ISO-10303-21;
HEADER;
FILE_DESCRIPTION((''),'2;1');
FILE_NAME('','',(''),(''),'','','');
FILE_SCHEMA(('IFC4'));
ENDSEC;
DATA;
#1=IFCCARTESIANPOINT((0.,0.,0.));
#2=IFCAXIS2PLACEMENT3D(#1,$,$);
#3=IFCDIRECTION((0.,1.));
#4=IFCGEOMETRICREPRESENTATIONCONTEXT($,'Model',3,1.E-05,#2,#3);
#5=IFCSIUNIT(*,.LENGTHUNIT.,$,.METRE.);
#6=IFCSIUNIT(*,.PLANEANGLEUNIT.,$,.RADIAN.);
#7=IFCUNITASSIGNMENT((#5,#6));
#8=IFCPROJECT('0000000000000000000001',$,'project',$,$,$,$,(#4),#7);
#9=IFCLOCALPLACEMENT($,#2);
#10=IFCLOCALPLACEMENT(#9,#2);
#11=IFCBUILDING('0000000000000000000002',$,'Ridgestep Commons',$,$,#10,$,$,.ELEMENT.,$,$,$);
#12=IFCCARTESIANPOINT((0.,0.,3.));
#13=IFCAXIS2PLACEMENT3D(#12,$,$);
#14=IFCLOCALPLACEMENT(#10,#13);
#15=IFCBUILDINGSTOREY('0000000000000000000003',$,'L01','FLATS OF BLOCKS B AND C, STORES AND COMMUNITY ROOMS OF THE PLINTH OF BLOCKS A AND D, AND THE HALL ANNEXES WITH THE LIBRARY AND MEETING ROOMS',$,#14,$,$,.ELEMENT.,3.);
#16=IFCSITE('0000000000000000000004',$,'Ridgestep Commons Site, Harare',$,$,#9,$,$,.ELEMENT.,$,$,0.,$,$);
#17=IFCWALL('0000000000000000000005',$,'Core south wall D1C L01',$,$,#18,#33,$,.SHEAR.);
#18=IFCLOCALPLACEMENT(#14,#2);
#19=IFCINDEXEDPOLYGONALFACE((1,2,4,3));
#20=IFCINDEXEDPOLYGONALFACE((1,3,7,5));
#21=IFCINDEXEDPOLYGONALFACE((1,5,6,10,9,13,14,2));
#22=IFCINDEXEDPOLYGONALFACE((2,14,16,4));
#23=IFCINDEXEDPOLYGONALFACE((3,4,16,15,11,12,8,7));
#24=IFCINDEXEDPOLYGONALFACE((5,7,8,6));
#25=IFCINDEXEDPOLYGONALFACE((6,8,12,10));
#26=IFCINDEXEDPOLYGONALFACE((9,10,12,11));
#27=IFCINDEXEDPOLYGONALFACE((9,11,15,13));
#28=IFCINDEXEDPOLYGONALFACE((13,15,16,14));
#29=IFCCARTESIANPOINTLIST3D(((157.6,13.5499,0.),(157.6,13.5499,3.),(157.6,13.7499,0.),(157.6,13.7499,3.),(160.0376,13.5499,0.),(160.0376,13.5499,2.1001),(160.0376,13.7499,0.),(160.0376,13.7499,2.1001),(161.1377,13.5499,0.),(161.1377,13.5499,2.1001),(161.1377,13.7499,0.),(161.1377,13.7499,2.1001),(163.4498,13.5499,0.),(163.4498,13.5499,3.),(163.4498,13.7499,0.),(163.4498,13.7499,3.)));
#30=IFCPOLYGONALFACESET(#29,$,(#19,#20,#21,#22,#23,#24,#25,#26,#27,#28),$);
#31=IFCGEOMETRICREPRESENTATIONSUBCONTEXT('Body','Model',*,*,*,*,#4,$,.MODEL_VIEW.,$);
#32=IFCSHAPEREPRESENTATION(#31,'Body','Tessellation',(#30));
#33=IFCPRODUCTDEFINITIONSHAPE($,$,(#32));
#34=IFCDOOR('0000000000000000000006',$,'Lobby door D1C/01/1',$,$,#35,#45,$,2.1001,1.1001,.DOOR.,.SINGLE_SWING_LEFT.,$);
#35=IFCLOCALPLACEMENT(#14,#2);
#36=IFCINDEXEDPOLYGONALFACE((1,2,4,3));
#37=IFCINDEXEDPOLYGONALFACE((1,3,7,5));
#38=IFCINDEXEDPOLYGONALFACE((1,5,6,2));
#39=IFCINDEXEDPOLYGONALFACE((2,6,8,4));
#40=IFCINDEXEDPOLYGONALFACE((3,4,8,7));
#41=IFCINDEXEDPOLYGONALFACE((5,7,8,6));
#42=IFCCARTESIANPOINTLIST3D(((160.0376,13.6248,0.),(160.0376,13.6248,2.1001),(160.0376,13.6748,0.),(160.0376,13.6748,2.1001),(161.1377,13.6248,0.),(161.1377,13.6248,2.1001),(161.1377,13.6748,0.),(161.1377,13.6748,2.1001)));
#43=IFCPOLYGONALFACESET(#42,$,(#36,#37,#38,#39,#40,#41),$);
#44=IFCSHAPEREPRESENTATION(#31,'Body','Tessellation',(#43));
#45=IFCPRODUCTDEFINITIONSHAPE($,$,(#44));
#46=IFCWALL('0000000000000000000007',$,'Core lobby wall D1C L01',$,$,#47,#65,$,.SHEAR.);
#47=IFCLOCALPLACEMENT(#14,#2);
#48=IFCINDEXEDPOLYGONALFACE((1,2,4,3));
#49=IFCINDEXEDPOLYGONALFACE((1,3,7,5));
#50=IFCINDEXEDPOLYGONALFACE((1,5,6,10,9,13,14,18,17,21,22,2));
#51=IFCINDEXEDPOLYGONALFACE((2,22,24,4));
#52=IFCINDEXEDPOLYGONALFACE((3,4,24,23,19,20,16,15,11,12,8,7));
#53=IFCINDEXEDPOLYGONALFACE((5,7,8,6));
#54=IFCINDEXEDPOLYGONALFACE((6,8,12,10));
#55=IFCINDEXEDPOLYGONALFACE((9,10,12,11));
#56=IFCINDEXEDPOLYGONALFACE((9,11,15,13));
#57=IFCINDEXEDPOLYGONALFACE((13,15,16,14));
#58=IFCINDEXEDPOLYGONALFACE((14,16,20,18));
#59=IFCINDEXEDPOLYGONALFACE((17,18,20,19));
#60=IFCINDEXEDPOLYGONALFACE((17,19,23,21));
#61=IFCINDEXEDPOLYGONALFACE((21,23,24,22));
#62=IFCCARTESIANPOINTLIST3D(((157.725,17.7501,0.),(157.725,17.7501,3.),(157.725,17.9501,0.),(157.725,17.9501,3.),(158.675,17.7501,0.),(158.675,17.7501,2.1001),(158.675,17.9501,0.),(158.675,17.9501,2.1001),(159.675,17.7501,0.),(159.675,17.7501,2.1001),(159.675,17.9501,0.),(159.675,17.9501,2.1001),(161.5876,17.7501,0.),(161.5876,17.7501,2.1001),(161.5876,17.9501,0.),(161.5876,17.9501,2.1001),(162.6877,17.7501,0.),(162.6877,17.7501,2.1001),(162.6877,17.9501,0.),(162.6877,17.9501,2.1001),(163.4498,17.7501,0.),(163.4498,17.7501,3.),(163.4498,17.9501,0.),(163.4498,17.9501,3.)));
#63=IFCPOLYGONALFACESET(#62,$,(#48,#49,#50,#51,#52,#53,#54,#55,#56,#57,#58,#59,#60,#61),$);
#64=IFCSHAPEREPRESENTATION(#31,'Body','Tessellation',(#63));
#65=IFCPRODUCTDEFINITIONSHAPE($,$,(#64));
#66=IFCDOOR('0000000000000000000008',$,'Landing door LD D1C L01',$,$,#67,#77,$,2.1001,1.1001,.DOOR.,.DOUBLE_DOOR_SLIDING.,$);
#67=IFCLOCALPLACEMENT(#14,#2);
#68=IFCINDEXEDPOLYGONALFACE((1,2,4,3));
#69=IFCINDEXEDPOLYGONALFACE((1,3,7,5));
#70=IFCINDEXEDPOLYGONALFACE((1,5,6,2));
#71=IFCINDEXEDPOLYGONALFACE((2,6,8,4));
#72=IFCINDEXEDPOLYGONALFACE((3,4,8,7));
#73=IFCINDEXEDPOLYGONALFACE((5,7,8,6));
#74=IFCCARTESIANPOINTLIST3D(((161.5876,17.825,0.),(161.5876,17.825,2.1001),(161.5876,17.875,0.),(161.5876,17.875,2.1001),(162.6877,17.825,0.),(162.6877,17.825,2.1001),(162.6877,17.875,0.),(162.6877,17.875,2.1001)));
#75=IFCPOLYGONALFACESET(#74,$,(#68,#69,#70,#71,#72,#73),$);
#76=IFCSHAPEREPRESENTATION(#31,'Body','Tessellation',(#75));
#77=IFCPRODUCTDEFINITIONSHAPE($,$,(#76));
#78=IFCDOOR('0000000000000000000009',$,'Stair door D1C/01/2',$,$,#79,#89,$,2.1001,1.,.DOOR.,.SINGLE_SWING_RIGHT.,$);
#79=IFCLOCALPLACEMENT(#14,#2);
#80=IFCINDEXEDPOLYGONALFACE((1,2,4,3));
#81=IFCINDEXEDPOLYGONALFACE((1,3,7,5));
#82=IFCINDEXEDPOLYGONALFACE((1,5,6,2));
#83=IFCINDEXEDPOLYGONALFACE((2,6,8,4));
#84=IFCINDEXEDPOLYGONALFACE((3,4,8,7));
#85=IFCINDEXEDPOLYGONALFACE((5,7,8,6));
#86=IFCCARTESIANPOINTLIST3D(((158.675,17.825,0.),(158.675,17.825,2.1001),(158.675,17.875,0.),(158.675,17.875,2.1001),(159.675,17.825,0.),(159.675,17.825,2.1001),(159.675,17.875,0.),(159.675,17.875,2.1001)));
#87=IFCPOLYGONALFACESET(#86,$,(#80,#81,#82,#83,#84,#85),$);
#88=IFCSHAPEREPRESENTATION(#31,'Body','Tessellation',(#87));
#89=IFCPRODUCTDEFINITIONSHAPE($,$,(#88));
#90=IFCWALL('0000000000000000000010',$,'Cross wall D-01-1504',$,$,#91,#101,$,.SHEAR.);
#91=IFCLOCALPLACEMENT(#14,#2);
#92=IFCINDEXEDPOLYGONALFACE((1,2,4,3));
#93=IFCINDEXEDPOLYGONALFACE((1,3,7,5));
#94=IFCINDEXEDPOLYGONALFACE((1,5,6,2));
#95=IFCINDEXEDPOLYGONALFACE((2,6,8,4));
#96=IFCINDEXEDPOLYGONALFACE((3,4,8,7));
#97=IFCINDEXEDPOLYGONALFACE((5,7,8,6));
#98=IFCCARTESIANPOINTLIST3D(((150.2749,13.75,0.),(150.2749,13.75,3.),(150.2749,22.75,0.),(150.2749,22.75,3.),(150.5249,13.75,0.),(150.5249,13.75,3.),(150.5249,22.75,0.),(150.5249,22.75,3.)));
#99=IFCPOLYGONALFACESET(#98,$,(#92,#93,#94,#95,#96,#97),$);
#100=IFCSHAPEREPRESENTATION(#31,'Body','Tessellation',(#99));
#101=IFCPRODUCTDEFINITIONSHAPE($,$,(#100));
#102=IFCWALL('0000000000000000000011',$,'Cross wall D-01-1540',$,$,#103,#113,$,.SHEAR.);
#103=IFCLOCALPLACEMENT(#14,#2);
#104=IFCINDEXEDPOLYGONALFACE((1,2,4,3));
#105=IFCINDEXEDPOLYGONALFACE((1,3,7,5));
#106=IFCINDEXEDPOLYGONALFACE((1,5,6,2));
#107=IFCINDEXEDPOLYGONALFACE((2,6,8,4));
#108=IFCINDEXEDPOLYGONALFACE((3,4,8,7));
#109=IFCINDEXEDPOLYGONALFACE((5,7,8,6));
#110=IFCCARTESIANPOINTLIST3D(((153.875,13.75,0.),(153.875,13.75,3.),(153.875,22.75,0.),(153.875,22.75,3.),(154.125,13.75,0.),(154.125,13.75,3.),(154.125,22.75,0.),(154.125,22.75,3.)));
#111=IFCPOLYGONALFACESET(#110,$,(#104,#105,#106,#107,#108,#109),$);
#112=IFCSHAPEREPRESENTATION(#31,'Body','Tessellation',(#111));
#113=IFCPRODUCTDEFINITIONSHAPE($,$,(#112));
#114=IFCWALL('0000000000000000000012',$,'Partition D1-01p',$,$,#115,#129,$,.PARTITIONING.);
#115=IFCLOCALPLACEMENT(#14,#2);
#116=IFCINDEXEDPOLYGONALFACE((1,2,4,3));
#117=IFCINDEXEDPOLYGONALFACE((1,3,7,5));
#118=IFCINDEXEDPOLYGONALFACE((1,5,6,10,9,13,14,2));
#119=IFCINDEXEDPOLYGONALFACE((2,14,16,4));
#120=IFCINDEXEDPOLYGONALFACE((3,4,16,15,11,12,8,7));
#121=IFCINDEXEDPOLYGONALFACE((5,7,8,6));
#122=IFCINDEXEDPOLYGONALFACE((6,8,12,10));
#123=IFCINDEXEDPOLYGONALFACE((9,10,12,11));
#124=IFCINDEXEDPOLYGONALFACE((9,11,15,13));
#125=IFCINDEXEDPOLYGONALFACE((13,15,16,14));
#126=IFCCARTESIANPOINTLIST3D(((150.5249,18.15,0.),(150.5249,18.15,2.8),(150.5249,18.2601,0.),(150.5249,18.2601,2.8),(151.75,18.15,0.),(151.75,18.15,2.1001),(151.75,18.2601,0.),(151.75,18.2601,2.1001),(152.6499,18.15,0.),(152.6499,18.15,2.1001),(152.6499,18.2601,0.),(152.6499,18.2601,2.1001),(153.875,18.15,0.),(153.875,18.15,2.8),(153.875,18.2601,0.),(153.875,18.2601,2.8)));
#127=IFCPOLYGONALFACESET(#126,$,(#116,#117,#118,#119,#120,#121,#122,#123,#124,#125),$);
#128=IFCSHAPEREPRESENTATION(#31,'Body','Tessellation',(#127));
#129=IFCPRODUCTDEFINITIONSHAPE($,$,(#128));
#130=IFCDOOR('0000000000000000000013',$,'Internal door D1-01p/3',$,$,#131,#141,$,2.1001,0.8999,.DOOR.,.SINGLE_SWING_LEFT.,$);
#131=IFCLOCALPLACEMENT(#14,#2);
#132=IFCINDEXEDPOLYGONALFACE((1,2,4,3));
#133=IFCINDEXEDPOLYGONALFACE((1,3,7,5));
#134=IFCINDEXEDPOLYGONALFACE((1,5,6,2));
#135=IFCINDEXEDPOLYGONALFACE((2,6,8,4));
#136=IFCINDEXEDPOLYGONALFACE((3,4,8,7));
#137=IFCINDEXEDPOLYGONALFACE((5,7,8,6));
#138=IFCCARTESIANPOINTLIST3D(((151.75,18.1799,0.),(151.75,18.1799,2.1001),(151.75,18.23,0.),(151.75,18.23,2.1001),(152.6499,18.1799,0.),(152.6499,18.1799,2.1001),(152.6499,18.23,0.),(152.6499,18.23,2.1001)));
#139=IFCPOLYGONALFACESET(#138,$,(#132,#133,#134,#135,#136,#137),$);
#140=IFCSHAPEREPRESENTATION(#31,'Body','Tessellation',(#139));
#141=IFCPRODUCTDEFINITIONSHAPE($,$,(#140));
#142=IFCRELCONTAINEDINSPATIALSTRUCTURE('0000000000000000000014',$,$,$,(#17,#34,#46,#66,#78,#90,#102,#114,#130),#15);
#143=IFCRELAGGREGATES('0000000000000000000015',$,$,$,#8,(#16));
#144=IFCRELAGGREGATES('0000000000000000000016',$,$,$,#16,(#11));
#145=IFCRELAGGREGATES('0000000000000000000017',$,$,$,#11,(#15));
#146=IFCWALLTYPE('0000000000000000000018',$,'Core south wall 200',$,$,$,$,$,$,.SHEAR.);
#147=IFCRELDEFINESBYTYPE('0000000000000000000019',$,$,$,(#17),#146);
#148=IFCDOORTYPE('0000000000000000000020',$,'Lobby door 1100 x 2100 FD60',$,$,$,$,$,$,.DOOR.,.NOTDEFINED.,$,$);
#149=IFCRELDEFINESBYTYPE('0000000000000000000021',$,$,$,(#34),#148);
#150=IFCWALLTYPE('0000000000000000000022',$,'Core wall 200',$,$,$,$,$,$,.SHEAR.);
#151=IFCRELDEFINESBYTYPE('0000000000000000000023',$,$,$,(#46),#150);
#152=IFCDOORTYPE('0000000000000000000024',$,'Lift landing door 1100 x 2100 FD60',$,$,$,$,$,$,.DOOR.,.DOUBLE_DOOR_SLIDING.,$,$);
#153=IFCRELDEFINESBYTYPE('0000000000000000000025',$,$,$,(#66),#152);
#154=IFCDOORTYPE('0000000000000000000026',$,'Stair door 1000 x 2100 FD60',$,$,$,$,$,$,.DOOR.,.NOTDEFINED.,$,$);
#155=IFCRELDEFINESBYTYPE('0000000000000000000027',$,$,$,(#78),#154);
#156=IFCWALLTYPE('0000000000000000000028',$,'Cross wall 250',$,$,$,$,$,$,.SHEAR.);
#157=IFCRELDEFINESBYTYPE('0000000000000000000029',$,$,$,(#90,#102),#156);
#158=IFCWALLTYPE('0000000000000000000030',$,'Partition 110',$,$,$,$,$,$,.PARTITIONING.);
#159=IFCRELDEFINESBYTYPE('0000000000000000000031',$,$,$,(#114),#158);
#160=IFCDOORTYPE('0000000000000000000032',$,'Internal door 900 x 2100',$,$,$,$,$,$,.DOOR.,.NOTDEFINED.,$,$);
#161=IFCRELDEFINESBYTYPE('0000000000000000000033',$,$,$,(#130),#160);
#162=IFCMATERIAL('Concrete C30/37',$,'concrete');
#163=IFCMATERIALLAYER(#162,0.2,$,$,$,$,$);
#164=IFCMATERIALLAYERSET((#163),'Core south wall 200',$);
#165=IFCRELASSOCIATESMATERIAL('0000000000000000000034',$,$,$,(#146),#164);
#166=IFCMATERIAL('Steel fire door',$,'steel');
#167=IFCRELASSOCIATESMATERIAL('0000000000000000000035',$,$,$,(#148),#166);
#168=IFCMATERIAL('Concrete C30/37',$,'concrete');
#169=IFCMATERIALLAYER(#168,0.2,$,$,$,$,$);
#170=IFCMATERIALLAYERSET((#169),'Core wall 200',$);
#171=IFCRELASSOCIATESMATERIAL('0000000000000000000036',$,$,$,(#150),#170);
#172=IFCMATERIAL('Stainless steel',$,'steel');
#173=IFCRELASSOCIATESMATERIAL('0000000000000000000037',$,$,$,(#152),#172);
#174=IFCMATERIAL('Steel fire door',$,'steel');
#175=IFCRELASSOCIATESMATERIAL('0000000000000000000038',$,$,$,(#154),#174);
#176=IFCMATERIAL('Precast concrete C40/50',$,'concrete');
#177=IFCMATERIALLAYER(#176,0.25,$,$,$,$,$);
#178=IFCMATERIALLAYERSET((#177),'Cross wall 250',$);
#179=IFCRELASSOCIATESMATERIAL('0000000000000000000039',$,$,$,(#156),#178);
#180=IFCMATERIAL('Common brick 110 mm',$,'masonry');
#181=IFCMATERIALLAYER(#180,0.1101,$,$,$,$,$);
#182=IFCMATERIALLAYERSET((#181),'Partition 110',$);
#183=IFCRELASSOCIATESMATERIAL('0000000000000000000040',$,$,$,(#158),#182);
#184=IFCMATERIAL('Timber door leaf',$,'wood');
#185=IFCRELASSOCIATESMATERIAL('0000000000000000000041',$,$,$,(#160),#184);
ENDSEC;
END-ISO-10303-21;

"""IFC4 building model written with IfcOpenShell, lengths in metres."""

from ifc_helpers import new_model, si_unit, direction, frame, frame_2d, origin, place, context, subcontext, project, spatial, rectangle, extrude, material, layer, layer_set, type_object, element, fill, save


model = new_model("IFC4")

# Units and contexts
model_context = context("Model", 3, precision=1e-05, world=origin(), true_north=direction((0.0, 1.0)))
body_context = subcontext(model_context, "Body", "Model", "MODEL_VIEW")
ifc_project = project(units=[si_unit("LENGTHUNIT", "METRE"), si_unit("PLANEANGLEUNIT", "RADIAN")], contexts=[model_context])

# Site, building, storey
site_placement = place(None, origin())
site = spatial("IfcSite", under=ifc_project, at=site_placement, Name="Ridgestep Commons Site, Harare", CompositionType="ELEMENT", RefElevation=0.0)
building_placement = place(site_placement, origin())
building = spatial("IfcBuilding", under=site, at=building_placement, Name="Ridgestep Commons", CompositionType="ELEMENT")
storey_placement = place(building_placement, frame((0.0, 0.0, 3.0)))
storey = spatial("IfcBuildingStorey", under=building, at=storey_placement, Name="L01", Description="FLATS OF BLOCKS B AND C, STORES AND COMMUNITY ROOMS OF THE PLINTH OF BLOCKS A AND D, AND THE HALL ANNEXES WITH THE LIBRARY AND MEETING ROOMS", CompositionType="ELEMENT", Elevation=3.0)

# Wall, opening, door
ifc_material_1 = material(Name="Concrete C30/37", Category="concrete")
ifc_layer_1 = layer(ifc_material_1, 0.2)
ifc_layer_set_1 = layer_set([ifc_layer_1], Name="Core south wall 200")
wall_type_1 = type_object("IfcWallType", Name="Core south wall 200", PredefinedType="SHEAR", material=ifc_layer_set_1)
wall_1_placement = place(storey_placement, frame((157.6001, 13.6499, 0.0), z_axis=(0.0, 0.0, 1.0), x_axis=(1.0, 0.0, 0.0)))
wall_1 = element("IfcWall", 1, at=wall_1_placement, inside=storey, type_object=wall_type_1, Name="Core south wall D1C L01", PredefinedType="SHEAR", context=body_context, shape_type="SweptSolid", body=[
    extrude(rectangle(XDim=5.8499, YDim=0.2, at=frame_2d((2.9248, 0.0))), origin(), (0.0, 0.0, 1.0), 3.0),
])
opening_1_placement = place(wall_1_placement, frame((2.4375, 0.0, 0.0)))
opening_1 = element("IfcOpeningElement", 2, at=opening_1_placement, cuts=wall_1, PredefinedType="OPENING", context=body_context, shape_type="SweptSolid", body=[
    extrude(rectangle(XDim=1.1001, YDim=2.1001, at=frame_2d((0.55, 1.05))), frame((0.0, 0.1099, 0.0), z_axis=(0.0, -1.0, 0.0), x_axis=(1.0, 0.0, 0.0)), (0.0, 0.0, 1.0), 0.22),
])
ifc_material_2 = material(Name="Steel fire door", Category="steel")
door_type_1 = type_object("IfcDoorType", Name="Lobby door 1100 x 2100 FD60", OperationType="NOTDEFINED", PredefinedType="DOOR", material=ifc_material_2)
door_1_placement = place(opening_1_placement, origin())
door_1 = element("IfcDoor", 3, at=door_1_placement, inside=storey, type_object=door_type_1, Name="Lobby door D1C/01/1", OperationType="SINGLE_SWING_LEFT", OverallHeight=2.1001, OverallWidth=1.1001, PredefinedType="DOOR", context=body_context, shape_type="SweptSolid", body=[
    extrude(rectangle(XDim=1.1001, YDim=2.1001, at=frame_2d((0.55, 1.05))), frame((0.0, 0.0249, 0.0), z_axis=(0.0, -1.0, 0.0), x_axis=(1.0, 0.0, 0.0)), (0.0, 0.0, 1.0), 0.05),
])
fill(opening_1, door_1)

# Wall, openings, doors
ifc_material_3 = material(Name="Concrete C30/37", Category="concrete")
ifc_layer_2 = layer(ifc_material_3, 0.2)
ifc_layer_set_2 = layer_set([ifc_layer_2], Name="Core wall 200")
wall_type_2 = type_object("IfcWallType", Name="Core wall 200", PredefinedType="SHEAR", material=ifc_layer_set_2)
wall_2_placement = place(storey_placement, frame((157.7251, 17.8501, 0.0), z_axis=(0.0, 0.0, 1.0), x_axis=(1.0, 0.0, 0.0)))
wall_2 = element("IfcWall", 4, at=wall_2_placement, inside=storey, type_object=wall_type_2, Name="Core lobby wall D1C L01", PredefinedType="SHEAR", context=body_context, shape_type="SweptSolid", body=[
    extrude(rectangle(XDim=5.7249, YDim=0.2, at=frame_2d((2.8623, 0.0))), origin(), (0.0, 0.0, 1.0), 3.0),
])
opening_2_placement = place(wall_2_placement, frame((0.95, 0.0, 0.0)))
opening_2 = element("IfcOpeningElement", 5, at=opening_2_placement, cuts=wall_2, PredefinedType="OPENING", context=body_context, shape_type="SweptSolid", body=[
    extrude(rectangle(XDim=1.0, YDim=2.1001, at=frame_2d((0.5, 1.05))), frame((0.0, 0.1099, 0.0), z_axis=(0.0, -1.0, 0.0), x_axis=(1.0, 0.0, 0.0)), (0.0, 0.0, 1.0), 0.22),
])
opening_3_placement = place(wall_2_placement, frame((3.8625, 0.0, 0.0)))
opening_3 = element("IfcOpeningElement", 6, at=opening_3_placement, cuts=wall_2, PredefinedType="OPENING", context=body_context, shape_type="SweptSolid", body=[
    extrude(rectangle(XDim=1.1001, YDim=2.1001, at=frame_2d((0.55, 1.05))), frame((0.0, 0.1099, 0.0), z_axis=(0.0, -1.0, 0.0), x_axis=(1.0, 0.0, 0.0)), (0.0, 0.0, 1.0), 0.22),
])
ifc_material_4 = material(Name="Stainless steel", Category="steel")
door_type_2 = type_object("IfcDoorType", Name="Lift landing door 1100 x 2100 FD60", OperationType="DOUBLE_DOOR_SLIDING", PredefinedType="DOOR", material=ifc_material_4)
door_2_placement = place(opening_3_placement, origin())
door_2 = element("IfcDoor", 7, at=door_2_placement, inside=storey, type_object=door_type_2, Name="Landing door LD D1C L01", OperationType="DOUBLE_DOOR_SLIDING", OverallHeight=2.1001, OverallWidth=1.1001, PredefinedType="DOOR", context=body_context, shape_type="SweptSolid", body=[
    extrude(rectangle(XDim=1.1001, YDim=2.1001, at=frame_2d((0.55, 1.05))), frame((0.0, 0.0249, 0.0), z_axis=(0.0, -1.0, 0.0), x_axis=(1.0, 0.0, 0.0)), (0.0, 0.0, 1.0), 0.05),
])
fill(opening_3, door_2)
ifc_material_5 = material(Name="Steel fire door", Category="steel")
door_type_3 = type_object("IfcDoorType", Name="Stair door 1000 x 2100 FD60", OperationType="NOTDEFINED", PredefinedType="DOOR", material=ifc_material_5)
door_3_placement = place(opening_2_placement, origin())
door_3 = element("IfcDoor", 8, at=door_3_placement, inside=storey, type_object=door_type_3, Name="Stair door D1C/01/2", OperationType="SINGLE_SWING_RIGHT", OverallHeight=2.1001, OverallWidth=1.0, PredefinedType="DOOR", context=body_context, shape_type="SweptSolid", body=[
    extrude(rectangle(XDim=1.0, YDim=2.1001, at=frame_2d((0.5, 1.05))), frame((0.0, 0.0249, 0.0), z_axis=(0.0, -1.0, 0.0), x_axis=(1.0, 0.0, 0.0)), (0.0, 0.0, 1.0), 0.05),
])
fill(opening_2, door_3)

# Walls
ifc_material_6 = material(Name="Precast concrete C40/50", Category="concrete")
ifc_layer_3 = layer(ifc_material_6, 0.25)
ifc_layer_set_3 = layer_set([ifc_layer_3], Name="Cross wall 250")
wall_type_3 = type_object("IfcWallType", Name="Cross wall 250", PredefinedType="SHEAR", material=ifc_layer_set_3)
for number, where, z_axis, x_axis, name in (
    (9, (150.3999, 13.75, 0.0), (0.0, 0.0, 1.0), (0.0, 1.0, 0.0), "Cross wall D-01-1504"),
    (10, (154.0, 13.75, 0.0), (0.0, 0.0, 1.0), (0.0, 1.0, 0.0), "Cross wall D-01-1540"),
):
    element("IfcWall", number, at=place(storey_placement, frame(where, z_axis=z_axis, x_axis=x_axis)), inside=storey, type_object=wall_type_3, Name=name, PredefinedType="SHEAR", context=body_context, shape_type="SweptSolid", body=[
        extrude(rectangle(XDim=9.0, YDim=0.25, at=frame_2d((4.5, 0.0))), origin(), (0.0, 0.0, 1.0), 3.0),
    ])

# Wall, opening, door
ifc_material_7 = material(Name="Common brick 110 mm", Category="masonry")
ifc_layer_4 = layer(ifc_material_7, 0.1101)
ifc_layer_set_4 = layer_set([ifc_layer_4], Name="Partition 110")
wall_type_4 = type_object("IfcWallType", Name="Partition 110", PredefinedType="PARTITIONING", material=ifc_layer_set_4)
wall_3_placement = place(storey_placement, frame((150.5249, 18.2051, 0.0), z_axis=(0.0, 0.0, 1.0), x_axis=(1.0, 0.0, 0.0)))
wall_3 = element("IfcWall", 11, at=wall_3_placement, inside=storey, type_object=wall_type_4, Name="Partition D1-01p", PredefinedType="PARTITIONING", context=body_context, shape_type="SweptSolid", body=[
    extrude(rectangle(XDim=3.3501, YDim=0.1101, at=frame_2d((1.675, 0.0))), origin(), (0.0, 0.0, 1.0), 2.8),
])
opening_4_placement = place(wall_3_placement, frame((1.2251, 0.0, 0.0)))
opening_4 = element("IfcOpeningElement", 12, at=opening_4_placement, cuts=wall_3, PredefinedType="OPENING", context=body_context, shape_type="SweptSolid", body=[
    extrude(rectangle(XDim=0.8999, YDim=2.1001, at=frame_2d((0.45, 1.05))), frame((0.0, 0.0649, 0.0), z_axis=(0.0, -1.0, 0.0), x_axis=(1.0, 0.0, 0.0)), (0.0, 0.0, 1.0), 0.1301),
])
ifc_material_8 = material(Name="Timber door leaf", Category="wood")
door_type_4 = type_object("IfcDoorType", Name="Internal door 900 x 2100", OperationType="NOTDEFINED", PredefinedType="DOOR", material=ifc_material_8)
door_4_placement = place(opening_4_placement, origin())
door_4 = element("IfcDoor", 13, at=door_4_placement, inside=storey, type_object=door_type_4, Name="Internal door D1-01p/3", OperationType="SINGLE_SWING_LEFT", OverallHeight=2.1001, OverallWidth=0.8999, PredefinedType="DOOR", context=body_context, shape_type="SweptSolid", body=[
    extrude(rectangle(XDim=0.8999, YDim=2.1001, at=frame_2d((0.45, 1.05))), frame((0.0, 0.0249, 0.0), z_axis=(0.0, -1.0, 0.0), x_axis=(1.0, 0.0, 0.0)), (0.0, 0.0, 1.0), 0.05),
])
fill(opening_4, door_4)

save(model, "model.ifc")
